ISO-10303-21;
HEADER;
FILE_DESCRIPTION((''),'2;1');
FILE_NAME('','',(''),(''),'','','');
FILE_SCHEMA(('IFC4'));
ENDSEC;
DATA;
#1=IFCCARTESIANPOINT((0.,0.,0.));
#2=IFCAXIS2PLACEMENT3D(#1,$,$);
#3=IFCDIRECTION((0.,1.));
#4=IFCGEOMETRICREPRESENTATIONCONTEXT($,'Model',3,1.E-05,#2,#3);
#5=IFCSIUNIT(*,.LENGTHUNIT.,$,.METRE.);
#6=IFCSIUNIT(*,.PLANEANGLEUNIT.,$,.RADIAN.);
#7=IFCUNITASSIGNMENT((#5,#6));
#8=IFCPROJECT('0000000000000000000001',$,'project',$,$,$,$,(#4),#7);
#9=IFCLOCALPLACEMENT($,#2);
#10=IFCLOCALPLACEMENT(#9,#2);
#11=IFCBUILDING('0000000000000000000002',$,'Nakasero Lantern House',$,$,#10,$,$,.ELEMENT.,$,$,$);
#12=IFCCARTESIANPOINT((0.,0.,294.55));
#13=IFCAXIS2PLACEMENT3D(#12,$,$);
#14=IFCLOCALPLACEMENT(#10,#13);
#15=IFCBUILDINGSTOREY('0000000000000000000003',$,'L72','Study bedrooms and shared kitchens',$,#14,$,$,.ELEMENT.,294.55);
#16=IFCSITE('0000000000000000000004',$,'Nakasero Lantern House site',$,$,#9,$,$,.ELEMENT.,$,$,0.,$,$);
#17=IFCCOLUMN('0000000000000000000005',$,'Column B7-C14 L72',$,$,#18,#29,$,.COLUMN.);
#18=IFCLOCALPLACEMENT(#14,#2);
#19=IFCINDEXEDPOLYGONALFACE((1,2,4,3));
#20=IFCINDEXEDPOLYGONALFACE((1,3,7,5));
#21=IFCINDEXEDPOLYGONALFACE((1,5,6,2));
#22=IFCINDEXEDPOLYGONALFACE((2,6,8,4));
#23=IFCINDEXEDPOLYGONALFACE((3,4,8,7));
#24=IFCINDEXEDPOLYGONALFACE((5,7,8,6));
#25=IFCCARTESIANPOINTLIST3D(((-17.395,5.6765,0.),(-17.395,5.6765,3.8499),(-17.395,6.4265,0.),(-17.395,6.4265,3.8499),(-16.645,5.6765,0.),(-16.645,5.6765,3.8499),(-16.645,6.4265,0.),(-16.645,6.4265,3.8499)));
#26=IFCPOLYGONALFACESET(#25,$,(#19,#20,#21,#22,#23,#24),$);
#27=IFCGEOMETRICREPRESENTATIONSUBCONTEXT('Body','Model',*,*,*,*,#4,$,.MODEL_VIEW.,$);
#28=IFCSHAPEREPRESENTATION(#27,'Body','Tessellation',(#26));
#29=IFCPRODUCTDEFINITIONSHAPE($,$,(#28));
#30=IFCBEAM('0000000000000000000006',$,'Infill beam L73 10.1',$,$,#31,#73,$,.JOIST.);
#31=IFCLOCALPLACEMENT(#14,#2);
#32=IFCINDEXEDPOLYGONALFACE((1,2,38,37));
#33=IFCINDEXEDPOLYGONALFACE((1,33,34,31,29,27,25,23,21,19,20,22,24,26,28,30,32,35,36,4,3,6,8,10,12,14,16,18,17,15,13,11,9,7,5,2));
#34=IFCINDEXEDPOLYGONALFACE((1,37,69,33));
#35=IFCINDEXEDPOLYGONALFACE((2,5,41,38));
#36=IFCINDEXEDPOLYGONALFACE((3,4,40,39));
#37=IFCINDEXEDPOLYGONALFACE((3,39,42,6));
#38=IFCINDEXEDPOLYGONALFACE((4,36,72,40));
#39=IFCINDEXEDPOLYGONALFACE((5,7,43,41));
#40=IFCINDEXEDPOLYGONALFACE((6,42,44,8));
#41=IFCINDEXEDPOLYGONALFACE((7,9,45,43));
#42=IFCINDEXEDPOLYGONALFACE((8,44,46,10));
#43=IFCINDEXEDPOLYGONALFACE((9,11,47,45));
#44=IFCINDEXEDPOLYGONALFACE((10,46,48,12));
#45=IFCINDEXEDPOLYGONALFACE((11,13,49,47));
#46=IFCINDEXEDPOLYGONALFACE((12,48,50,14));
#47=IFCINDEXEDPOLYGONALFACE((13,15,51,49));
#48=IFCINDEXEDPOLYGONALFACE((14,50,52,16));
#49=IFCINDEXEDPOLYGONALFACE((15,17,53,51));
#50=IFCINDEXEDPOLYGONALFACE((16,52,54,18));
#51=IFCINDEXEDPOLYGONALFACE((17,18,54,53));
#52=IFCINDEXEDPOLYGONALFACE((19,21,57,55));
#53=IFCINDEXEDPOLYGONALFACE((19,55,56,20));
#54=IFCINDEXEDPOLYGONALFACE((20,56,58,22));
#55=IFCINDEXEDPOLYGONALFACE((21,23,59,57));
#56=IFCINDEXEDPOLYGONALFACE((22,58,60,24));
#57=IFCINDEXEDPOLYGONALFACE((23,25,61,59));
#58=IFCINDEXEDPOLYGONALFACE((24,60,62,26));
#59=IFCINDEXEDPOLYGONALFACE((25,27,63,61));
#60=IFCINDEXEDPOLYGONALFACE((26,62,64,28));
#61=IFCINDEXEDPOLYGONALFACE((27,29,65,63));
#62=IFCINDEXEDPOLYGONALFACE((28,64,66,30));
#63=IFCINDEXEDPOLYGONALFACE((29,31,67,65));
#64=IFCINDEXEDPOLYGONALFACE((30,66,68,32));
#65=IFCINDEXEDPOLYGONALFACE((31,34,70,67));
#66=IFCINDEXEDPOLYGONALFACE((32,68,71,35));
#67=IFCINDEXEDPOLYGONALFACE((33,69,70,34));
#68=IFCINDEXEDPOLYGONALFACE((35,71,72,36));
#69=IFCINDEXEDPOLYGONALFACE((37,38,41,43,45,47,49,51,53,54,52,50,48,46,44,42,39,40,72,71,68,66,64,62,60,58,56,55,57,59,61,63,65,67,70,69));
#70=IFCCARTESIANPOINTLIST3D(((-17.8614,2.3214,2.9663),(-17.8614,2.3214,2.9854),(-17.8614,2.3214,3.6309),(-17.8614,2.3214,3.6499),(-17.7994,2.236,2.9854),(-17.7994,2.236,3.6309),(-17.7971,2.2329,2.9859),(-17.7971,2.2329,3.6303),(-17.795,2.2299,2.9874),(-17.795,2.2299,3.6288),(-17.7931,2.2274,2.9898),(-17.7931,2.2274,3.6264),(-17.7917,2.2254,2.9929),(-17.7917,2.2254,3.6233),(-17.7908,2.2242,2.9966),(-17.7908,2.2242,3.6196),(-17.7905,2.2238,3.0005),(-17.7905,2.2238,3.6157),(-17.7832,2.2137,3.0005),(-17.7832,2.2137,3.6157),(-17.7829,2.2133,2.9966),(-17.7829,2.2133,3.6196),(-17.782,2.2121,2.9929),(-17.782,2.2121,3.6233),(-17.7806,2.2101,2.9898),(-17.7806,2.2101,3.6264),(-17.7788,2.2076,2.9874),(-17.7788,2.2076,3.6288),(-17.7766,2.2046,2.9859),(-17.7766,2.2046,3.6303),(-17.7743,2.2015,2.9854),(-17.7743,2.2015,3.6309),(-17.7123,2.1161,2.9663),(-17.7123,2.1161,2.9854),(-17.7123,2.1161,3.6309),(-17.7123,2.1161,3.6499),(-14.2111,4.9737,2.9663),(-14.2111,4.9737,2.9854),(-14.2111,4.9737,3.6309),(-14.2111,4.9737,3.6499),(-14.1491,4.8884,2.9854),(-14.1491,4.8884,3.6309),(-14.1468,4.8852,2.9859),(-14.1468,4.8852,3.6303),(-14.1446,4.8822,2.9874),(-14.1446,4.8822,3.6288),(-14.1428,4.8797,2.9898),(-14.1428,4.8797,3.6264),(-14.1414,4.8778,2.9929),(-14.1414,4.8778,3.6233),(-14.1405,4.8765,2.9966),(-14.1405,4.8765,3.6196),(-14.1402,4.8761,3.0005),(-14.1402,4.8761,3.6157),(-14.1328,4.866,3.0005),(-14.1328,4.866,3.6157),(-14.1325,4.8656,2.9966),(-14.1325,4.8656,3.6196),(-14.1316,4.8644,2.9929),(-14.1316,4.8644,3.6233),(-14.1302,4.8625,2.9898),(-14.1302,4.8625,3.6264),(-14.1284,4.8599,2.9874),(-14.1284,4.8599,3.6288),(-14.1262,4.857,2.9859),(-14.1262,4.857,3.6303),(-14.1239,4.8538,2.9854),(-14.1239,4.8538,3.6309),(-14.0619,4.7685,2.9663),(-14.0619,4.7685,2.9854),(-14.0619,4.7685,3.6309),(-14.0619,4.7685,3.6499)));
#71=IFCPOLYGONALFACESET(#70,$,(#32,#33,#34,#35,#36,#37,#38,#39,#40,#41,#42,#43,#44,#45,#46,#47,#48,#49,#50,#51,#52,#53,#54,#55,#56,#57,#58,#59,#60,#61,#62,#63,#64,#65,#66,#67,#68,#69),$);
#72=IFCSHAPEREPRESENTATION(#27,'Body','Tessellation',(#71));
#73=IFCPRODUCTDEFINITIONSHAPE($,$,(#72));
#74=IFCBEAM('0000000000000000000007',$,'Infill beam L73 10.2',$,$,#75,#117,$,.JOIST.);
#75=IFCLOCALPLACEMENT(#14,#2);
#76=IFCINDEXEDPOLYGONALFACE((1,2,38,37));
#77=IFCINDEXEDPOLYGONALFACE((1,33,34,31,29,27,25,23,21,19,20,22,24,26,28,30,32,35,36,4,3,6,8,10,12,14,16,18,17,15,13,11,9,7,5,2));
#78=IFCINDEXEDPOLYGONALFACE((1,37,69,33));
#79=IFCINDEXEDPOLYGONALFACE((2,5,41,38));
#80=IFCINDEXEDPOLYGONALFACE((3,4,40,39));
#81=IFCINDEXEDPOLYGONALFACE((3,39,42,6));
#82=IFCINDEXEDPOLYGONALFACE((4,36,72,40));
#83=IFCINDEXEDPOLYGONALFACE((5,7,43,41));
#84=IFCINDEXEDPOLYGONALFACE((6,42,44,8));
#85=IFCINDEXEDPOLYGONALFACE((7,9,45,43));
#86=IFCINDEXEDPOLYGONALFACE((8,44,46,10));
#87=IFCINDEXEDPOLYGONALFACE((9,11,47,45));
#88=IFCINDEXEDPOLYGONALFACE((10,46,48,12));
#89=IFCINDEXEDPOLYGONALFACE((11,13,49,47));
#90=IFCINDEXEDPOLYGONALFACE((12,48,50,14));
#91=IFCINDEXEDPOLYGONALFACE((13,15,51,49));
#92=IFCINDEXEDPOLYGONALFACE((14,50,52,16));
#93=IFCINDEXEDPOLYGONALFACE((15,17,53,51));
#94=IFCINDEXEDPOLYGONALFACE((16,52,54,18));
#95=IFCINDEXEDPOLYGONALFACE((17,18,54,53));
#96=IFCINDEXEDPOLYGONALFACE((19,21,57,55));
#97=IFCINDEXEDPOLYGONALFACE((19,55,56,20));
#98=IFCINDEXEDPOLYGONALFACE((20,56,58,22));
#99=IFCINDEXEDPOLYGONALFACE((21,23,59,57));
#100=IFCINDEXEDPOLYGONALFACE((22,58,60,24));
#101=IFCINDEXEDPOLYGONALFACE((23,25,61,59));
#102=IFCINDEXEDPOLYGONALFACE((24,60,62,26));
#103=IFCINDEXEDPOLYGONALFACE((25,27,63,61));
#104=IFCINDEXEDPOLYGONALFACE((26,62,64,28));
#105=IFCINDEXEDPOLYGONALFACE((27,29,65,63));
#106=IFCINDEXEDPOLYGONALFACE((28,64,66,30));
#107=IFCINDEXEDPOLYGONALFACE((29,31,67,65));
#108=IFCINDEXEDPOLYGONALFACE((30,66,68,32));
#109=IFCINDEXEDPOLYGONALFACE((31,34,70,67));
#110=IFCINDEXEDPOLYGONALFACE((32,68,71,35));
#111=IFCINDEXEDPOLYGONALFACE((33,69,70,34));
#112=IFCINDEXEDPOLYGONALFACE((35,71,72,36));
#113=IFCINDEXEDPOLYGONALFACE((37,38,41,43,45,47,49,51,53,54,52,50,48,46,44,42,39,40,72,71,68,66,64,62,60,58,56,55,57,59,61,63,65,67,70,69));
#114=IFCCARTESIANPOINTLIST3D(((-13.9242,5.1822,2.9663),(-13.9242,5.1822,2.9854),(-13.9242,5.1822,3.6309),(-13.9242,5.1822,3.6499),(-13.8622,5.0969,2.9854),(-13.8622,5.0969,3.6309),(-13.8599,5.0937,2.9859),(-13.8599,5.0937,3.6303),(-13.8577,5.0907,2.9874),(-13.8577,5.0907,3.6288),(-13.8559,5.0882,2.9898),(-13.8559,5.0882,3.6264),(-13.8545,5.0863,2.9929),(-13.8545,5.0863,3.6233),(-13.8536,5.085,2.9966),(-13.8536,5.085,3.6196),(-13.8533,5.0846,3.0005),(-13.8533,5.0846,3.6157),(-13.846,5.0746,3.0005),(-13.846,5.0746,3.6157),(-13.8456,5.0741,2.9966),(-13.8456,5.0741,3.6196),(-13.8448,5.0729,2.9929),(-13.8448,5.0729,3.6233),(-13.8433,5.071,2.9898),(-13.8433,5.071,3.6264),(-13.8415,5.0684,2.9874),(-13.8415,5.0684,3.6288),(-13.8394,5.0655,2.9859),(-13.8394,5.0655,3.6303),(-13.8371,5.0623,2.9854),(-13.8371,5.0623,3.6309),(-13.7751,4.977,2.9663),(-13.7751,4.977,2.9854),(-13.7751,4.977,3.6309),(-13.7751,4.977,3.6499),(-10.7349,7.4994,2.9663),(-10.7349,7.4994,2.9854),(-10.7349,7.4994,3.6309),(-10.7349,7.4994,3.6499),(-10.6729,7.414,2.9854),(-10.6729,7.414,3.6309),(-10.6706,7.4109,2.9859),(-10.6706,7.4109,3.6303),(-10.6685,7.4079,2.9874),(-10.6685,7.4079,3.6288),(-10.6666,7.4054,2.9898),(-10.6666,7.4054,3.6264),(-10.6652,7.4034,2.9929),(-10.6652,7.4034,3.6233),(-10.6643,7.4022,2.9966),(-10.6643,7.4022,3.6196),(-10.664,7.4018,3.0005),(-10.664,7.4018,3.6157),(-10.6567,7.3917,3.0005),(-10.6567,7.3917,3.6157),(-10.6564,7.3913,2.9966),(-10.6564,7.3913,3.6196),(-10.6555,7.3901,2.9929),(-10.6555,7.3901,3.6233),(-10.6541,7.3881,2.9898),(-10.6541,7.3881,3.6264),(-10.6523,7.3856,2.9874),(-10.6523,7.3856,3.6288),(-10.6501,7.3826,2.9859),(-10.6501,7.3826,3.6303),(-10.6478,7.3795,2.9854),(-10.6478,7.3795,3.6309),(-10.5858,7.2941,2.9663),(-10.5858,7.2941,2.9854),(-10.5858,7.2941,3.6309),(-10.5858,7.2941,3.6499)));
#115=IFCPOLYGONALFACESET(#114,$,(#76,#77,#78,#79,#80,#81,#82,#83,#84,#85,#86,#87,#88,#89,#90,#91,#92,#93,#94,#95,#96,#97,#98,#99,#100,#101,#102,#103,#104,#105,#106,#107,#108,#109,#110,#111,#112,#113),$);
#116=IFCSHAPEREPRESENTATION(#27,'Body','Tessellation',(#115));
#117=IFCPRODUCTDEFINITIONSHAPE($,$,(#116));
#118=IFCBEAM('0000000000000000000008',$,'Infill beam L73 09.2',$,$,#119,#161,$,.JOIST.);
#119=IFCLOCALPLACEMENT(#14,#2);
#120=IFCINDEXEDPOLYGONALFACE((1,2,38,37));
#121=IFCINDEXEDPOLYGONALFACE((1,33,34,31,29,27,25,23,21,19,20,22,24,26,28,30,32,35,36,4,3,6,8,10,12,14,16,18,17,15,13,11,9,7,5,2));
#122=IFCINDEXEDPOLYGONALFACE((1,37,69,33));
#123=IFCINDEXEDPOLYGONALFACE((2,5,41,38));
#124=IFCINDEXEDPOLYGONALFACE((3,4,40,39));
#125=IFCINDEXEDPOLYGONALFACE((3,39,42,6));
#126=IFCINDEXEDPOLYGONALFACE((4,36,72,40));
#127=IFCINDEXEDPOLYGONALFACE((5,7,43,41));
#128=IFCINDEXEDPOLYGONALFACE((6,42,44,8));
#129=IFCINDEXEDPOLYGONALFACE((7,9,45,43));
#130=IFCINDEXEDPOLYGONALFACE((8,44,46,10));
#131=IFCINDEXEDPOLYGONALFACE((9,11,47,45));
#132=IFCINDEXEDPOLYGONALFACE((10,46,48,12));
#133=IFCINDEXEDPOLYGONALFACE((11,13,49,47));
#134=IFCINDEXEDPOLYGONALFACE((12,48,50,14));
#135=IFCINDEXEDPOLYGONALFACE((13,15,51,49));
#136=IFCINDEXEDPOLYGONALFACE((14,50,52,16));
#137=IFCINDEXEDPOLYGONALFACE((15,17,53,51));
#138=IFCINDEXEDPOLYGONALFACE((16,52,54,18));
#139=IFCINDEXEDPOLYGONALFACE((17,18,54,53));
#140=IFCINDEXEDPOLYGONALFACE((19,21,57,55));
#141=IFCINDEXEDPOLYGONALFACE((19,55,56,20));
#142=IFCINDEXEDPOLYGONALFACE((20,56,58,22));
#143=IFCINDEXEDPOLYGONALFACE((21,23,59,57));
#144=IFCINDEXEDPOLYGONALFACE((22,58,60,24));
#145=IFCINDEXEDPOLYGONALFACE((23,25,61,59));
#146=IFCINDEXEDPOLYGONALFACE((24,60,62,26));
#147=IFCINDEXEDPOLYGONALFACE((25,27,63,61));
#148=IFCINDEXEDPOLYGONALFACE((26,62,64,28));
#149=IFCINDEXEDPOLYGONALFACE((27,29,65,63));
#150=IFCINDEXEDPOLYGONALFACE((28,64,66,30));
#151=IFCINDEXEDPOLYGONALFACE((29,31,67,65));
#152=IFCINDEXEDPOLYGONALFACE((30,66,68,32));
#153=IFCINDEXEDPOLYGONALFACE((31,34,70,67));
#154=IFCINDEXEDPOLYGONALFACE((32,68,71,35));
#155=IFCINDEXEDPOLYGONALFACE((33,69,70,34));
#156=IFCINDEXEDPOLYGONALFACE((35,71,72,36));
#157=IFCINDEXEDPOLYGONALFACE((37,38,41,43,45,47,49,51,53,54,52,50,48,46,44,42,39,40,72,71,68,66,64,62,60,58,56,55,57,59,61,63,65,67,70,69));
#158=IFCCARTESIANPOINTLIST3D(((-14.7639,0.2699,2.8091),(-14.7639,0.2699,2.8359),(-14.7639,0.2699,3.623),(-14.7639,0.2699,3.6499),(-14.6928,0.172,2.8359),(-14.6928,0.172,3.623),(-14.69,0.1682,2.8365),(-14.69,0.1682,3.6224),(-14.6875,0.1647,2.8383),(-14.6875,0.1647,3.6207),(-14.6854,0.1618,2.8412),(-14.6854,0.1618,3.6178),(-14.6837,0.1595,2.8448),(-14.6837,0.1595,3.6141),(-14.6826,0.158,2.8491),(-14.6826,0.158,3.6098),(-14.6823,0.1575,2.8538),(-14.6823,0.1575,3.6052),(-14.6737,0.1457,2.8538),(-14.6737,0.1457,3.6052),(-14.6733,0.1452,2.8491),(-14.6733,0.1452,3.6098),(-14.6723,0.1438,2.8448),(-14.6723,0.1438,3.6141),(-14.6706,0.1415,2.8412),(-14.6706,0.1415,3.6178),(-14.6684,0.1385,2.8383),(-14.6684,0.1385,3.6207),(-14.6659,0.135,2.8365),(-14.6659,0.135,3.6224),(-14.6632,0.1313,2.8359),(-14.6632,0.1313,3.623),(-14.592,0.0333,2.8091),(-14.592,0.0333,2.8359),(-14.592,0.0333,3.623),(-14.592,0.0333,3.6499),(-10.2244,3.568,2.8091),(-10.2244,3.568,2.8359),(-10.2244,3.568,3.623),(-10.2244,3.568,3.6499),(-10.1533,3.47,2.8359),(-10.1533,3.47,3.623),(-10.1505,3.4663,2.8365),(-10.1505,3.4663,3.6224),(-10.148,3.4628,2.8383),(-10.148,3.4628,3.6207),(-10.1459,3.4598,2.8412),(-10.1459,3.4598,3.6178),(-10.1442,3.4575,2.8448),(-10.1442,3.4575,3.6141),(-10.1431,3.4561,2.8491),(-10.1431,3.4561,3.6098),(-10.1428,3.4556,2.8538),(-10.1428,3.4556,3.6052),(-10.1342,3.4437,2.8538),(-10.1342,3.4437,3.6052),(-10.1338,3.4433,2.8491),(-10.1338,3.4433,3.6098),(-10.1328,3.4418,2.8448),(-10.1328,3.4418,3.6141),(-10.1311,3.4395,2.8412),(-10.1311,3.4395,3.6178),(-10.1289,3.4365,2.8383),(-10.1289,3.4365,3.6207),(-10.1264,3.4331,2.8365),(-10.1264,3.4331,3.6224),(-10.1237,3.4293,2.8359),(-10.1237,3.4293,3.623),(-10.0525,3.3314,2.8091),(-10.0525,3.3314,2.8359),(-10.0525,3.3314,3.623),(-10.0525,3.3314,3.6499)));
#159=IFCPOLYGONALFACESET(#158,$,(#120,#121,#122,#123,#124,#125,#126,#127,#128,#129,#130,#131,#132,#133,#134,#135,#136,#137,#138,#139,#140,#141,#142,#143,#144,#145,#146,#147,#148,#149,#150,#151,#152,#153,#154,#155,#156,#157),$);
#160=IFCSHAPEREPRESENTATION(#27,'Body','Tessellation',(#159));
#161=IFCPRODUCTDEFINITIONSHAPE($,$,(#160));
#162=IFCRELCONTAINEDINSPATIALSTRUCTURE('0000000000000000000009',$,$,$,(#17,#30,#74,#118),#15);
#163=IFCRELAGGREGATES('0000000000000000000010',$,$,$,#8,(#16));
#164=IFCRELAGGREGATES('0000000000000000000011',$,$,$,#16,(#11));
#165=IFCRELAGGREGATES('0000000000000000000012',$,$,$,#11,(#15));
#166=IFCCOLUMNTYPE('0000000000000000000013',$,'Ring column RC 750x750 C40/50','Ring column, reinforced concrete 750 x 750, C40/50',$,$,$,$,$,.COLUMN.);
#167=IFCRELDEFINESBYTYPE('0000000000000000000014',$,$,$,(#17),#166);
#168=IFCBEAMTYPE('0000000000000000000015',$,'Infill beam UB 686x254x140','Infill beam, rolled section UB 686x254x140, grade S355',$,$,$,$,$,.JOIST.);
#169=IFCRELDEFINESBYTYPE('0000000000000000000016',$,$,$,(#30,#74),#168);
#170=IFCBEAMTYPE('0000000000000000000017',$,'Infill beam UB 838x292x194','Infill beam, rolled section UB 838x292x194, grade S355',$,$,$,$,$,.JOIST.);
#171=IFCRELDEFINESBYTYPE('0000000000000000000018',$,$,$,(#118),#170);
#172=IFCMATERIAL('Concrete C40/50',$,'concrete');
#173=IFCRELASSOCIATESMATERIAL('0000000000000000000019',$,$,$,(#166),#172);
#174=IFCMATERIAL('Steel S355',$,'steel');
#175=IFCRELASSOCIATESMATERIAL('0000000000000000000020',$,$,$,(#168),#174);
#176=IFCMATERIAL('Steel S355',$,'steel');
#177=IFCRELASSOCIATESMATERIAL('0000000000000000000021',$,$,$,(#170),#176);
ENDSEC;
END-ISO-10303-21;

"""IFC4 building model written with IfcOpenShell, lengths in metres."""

from ifc_helpers import new_model, si_unit, direction, frame, origin, origin_2d, place, context, subcontext, project, spatial, rectangle, i_section, extrude, material, material_profile, profile_set, type_object, element, save


model = new_model("IFC4")

# Units and contexts
model_context = context("Model", 3, precision=1e-05, world=origin(), true_north=direction((0.0, 1.0)))
body_context = subcontext(model_context, "Body", "Model", "MODEL_VIEW")
ifc_project = project(units=[si_unit("LENGTHUNIT", "METRE"), si_unit("PLANEANGLEUNIT", "RADIAN")], contexts=[model_context])

# Site, building, storey
site_placement = place(None, origin())
site = spatial("IfcSite", under=ifc_project, at=site_placement, Name="Nakasero Lantern House site", CompositionType="ELEMENT", RefElevation=0.0)
building_placement = place(site_placement, origin())
building = spatial("IfcBuilding", under=site, at=building_placement, Name="Nakasero Lantern House", CompositionType="ELEMENT")
storey_placement = place(building_placement, frame((0.0, 0.0, 294.55)))
storey = spatial("IfcBuildingStorey", under=building, at=storey_placement, Name="L72", Description="Study bedrooms and shared kitchens", CompositionType="ELEMENT", Elevation=294.55)

# Column
ifc_material_1 = material(Name="Concrete C40/50", Category="concrete")
ifc_material_profile_1 = material_profile(ifc_material_1, rectangle(XDim=0.75, YDim=0.75, at=origin_2d()), Name="RC 750x750")
ifc_profile_set_1 = profile_set([ifc_material_profile_1], Name="Concrete C40/50")
column_type = type_object("IfcColumnType", Name="Ring column RC 750x750 C40/50", Description="Ring column, reinforced concrete 750 x 750, C40/50", PredefinedType="COLUMN", material=ifc_profile_set_1)
column_placement = place(storey_placement, frame((-17.02, 6.0515, 0.0), z_axis=(0.0, 0.0, 1.0), x_axis=(1.0, 0.0, 0.0)))
element("IfcColumn", 1, at=column_placement, inside=storey, type_object=column_type, Name="Column B7-C14 L72", PredefinedType="COLUMN", context=body_context, shape_type="SweptSolid", body=[
    extrude(rectangle(XDim=0.75, YDim=0.75, at=origin_2d()), origin(), (0.0, 0.0, 1.0), 3.8499),
])

# Beams
ifc_material_2 = material(Name="Steel S355", Category="steel")
ifc_material_profile_2 = material_profile(ifc_material_2, i_section(OverallWidth=0.2537, OverallDepth=0.6836, WebThickness=0.0125, FlangeThickness=0.019, FilletRadius=0.0151, at=origin_2d()), Name="UB 686x254x140")
ifc_profile_set_2 = profile_set([ifc_material_profile_2], Name="Steel S355")
beam_type_1 = type_object("IfcBeamType", Name="Infill beam UB 686x254x140", Description="Infill beam, rolled section UB 686x254x140, grade S355", PredefinedType="JOIST", material=ifc_profile_set_2)
beam_1_placement = place(storey_placement, frame((-17.7869, 2.2188, 3.3081), z_axis=(0.808998, 0.587811, 0.0), x_axis=(-0.587811, 0.808998, 0.0)))
element("IfcBeam", 2, at=beam_1_placement, inside=storey, type_object=beam_type_1, Name="Infill beam L73 10.1", PredefinedType="JOIST", context=body_context, shape_type="SweptSolid", body=[
    extrude(i_section(OverallWidth=0.2537, OverallDepth=0.6836, WebThickness=0.0125, FlangeThickness=0.019, FilletRadius=0.0151, at=origin_2d()), origin(), (0.0, 0.0, 1.0), 4.5122),
])
beam_2_placement = place(storey_placement, frame((-13.8496, 5.0796, 3.3081), z_axis=(0.809012, 0.587792, 0.0), x_axis=(-0.587792, 0.809012, 0.0)))
element("IfcBeam", 3, at=beam_2_placement, inside=storey, type_object=beam_type_1, Name="Infill beam L73 10.2", PredefinedType="JOIST", context=body_context, shape_type="SweptSolid", body=[
    extrude(i_section(OverallWidth=0.2537, OverallDepth=0.6836, WebThickness=0.0125, FlangeThickness=0.019, FilletRadius=0.0151, at=origin_2d()), origin(), (0.0, 0.0, 1.0), 3.9421),
])
ifc_material_3 = material(Name="Steel S355", Category="steel")
ifc_material_profile_3 = material_profile(ifc_material_3, i_section(OverallWidth=0.2925, OverallDepth=0.8408, WebThickness=0.0146, FlangeThickness=0.0269, FilletRadius=0.0178, at=origin_2d()), Name="UB 838x292x194")
ifc_profile_set_3 = profile_set([ifc_material_profile_3], Name="Steel S355")
beam_type_2 = type_object("IfcBeamType", Name="Infill beam UB 838x292x194", Description="Infill beam, rolled section UB 838x292x194, grade S355", PredefinedType="JOIST", material=ifc_profile_set_3)
beam_3_placement = place(storey_placement, frame((-14.678, 0.1516, 3.2295), z_axis=(0.809024, 0.587776, 0.0), x_axis=(-0.587776, 0.809024, 0.0)))
element("IfcBeam", 4, at=beam_3_placement, inside=storey, type_object=beam_type_2, Name="Infill beam L73 09.2", PredefinedType="JOIST", context=body_context, shape_type="SweptSolid", body=[
    extrude(i_section(OverallWidth=0.2925, OverallDepth=0.8408, WebThickness=0.0146, FlangeThickness=0.0269, FilletRadius=0.0178, at=origin_2d()), origin(), (0.0, 0.0, 1.0), 5.6111),
])

save(model, "model.ifc")
